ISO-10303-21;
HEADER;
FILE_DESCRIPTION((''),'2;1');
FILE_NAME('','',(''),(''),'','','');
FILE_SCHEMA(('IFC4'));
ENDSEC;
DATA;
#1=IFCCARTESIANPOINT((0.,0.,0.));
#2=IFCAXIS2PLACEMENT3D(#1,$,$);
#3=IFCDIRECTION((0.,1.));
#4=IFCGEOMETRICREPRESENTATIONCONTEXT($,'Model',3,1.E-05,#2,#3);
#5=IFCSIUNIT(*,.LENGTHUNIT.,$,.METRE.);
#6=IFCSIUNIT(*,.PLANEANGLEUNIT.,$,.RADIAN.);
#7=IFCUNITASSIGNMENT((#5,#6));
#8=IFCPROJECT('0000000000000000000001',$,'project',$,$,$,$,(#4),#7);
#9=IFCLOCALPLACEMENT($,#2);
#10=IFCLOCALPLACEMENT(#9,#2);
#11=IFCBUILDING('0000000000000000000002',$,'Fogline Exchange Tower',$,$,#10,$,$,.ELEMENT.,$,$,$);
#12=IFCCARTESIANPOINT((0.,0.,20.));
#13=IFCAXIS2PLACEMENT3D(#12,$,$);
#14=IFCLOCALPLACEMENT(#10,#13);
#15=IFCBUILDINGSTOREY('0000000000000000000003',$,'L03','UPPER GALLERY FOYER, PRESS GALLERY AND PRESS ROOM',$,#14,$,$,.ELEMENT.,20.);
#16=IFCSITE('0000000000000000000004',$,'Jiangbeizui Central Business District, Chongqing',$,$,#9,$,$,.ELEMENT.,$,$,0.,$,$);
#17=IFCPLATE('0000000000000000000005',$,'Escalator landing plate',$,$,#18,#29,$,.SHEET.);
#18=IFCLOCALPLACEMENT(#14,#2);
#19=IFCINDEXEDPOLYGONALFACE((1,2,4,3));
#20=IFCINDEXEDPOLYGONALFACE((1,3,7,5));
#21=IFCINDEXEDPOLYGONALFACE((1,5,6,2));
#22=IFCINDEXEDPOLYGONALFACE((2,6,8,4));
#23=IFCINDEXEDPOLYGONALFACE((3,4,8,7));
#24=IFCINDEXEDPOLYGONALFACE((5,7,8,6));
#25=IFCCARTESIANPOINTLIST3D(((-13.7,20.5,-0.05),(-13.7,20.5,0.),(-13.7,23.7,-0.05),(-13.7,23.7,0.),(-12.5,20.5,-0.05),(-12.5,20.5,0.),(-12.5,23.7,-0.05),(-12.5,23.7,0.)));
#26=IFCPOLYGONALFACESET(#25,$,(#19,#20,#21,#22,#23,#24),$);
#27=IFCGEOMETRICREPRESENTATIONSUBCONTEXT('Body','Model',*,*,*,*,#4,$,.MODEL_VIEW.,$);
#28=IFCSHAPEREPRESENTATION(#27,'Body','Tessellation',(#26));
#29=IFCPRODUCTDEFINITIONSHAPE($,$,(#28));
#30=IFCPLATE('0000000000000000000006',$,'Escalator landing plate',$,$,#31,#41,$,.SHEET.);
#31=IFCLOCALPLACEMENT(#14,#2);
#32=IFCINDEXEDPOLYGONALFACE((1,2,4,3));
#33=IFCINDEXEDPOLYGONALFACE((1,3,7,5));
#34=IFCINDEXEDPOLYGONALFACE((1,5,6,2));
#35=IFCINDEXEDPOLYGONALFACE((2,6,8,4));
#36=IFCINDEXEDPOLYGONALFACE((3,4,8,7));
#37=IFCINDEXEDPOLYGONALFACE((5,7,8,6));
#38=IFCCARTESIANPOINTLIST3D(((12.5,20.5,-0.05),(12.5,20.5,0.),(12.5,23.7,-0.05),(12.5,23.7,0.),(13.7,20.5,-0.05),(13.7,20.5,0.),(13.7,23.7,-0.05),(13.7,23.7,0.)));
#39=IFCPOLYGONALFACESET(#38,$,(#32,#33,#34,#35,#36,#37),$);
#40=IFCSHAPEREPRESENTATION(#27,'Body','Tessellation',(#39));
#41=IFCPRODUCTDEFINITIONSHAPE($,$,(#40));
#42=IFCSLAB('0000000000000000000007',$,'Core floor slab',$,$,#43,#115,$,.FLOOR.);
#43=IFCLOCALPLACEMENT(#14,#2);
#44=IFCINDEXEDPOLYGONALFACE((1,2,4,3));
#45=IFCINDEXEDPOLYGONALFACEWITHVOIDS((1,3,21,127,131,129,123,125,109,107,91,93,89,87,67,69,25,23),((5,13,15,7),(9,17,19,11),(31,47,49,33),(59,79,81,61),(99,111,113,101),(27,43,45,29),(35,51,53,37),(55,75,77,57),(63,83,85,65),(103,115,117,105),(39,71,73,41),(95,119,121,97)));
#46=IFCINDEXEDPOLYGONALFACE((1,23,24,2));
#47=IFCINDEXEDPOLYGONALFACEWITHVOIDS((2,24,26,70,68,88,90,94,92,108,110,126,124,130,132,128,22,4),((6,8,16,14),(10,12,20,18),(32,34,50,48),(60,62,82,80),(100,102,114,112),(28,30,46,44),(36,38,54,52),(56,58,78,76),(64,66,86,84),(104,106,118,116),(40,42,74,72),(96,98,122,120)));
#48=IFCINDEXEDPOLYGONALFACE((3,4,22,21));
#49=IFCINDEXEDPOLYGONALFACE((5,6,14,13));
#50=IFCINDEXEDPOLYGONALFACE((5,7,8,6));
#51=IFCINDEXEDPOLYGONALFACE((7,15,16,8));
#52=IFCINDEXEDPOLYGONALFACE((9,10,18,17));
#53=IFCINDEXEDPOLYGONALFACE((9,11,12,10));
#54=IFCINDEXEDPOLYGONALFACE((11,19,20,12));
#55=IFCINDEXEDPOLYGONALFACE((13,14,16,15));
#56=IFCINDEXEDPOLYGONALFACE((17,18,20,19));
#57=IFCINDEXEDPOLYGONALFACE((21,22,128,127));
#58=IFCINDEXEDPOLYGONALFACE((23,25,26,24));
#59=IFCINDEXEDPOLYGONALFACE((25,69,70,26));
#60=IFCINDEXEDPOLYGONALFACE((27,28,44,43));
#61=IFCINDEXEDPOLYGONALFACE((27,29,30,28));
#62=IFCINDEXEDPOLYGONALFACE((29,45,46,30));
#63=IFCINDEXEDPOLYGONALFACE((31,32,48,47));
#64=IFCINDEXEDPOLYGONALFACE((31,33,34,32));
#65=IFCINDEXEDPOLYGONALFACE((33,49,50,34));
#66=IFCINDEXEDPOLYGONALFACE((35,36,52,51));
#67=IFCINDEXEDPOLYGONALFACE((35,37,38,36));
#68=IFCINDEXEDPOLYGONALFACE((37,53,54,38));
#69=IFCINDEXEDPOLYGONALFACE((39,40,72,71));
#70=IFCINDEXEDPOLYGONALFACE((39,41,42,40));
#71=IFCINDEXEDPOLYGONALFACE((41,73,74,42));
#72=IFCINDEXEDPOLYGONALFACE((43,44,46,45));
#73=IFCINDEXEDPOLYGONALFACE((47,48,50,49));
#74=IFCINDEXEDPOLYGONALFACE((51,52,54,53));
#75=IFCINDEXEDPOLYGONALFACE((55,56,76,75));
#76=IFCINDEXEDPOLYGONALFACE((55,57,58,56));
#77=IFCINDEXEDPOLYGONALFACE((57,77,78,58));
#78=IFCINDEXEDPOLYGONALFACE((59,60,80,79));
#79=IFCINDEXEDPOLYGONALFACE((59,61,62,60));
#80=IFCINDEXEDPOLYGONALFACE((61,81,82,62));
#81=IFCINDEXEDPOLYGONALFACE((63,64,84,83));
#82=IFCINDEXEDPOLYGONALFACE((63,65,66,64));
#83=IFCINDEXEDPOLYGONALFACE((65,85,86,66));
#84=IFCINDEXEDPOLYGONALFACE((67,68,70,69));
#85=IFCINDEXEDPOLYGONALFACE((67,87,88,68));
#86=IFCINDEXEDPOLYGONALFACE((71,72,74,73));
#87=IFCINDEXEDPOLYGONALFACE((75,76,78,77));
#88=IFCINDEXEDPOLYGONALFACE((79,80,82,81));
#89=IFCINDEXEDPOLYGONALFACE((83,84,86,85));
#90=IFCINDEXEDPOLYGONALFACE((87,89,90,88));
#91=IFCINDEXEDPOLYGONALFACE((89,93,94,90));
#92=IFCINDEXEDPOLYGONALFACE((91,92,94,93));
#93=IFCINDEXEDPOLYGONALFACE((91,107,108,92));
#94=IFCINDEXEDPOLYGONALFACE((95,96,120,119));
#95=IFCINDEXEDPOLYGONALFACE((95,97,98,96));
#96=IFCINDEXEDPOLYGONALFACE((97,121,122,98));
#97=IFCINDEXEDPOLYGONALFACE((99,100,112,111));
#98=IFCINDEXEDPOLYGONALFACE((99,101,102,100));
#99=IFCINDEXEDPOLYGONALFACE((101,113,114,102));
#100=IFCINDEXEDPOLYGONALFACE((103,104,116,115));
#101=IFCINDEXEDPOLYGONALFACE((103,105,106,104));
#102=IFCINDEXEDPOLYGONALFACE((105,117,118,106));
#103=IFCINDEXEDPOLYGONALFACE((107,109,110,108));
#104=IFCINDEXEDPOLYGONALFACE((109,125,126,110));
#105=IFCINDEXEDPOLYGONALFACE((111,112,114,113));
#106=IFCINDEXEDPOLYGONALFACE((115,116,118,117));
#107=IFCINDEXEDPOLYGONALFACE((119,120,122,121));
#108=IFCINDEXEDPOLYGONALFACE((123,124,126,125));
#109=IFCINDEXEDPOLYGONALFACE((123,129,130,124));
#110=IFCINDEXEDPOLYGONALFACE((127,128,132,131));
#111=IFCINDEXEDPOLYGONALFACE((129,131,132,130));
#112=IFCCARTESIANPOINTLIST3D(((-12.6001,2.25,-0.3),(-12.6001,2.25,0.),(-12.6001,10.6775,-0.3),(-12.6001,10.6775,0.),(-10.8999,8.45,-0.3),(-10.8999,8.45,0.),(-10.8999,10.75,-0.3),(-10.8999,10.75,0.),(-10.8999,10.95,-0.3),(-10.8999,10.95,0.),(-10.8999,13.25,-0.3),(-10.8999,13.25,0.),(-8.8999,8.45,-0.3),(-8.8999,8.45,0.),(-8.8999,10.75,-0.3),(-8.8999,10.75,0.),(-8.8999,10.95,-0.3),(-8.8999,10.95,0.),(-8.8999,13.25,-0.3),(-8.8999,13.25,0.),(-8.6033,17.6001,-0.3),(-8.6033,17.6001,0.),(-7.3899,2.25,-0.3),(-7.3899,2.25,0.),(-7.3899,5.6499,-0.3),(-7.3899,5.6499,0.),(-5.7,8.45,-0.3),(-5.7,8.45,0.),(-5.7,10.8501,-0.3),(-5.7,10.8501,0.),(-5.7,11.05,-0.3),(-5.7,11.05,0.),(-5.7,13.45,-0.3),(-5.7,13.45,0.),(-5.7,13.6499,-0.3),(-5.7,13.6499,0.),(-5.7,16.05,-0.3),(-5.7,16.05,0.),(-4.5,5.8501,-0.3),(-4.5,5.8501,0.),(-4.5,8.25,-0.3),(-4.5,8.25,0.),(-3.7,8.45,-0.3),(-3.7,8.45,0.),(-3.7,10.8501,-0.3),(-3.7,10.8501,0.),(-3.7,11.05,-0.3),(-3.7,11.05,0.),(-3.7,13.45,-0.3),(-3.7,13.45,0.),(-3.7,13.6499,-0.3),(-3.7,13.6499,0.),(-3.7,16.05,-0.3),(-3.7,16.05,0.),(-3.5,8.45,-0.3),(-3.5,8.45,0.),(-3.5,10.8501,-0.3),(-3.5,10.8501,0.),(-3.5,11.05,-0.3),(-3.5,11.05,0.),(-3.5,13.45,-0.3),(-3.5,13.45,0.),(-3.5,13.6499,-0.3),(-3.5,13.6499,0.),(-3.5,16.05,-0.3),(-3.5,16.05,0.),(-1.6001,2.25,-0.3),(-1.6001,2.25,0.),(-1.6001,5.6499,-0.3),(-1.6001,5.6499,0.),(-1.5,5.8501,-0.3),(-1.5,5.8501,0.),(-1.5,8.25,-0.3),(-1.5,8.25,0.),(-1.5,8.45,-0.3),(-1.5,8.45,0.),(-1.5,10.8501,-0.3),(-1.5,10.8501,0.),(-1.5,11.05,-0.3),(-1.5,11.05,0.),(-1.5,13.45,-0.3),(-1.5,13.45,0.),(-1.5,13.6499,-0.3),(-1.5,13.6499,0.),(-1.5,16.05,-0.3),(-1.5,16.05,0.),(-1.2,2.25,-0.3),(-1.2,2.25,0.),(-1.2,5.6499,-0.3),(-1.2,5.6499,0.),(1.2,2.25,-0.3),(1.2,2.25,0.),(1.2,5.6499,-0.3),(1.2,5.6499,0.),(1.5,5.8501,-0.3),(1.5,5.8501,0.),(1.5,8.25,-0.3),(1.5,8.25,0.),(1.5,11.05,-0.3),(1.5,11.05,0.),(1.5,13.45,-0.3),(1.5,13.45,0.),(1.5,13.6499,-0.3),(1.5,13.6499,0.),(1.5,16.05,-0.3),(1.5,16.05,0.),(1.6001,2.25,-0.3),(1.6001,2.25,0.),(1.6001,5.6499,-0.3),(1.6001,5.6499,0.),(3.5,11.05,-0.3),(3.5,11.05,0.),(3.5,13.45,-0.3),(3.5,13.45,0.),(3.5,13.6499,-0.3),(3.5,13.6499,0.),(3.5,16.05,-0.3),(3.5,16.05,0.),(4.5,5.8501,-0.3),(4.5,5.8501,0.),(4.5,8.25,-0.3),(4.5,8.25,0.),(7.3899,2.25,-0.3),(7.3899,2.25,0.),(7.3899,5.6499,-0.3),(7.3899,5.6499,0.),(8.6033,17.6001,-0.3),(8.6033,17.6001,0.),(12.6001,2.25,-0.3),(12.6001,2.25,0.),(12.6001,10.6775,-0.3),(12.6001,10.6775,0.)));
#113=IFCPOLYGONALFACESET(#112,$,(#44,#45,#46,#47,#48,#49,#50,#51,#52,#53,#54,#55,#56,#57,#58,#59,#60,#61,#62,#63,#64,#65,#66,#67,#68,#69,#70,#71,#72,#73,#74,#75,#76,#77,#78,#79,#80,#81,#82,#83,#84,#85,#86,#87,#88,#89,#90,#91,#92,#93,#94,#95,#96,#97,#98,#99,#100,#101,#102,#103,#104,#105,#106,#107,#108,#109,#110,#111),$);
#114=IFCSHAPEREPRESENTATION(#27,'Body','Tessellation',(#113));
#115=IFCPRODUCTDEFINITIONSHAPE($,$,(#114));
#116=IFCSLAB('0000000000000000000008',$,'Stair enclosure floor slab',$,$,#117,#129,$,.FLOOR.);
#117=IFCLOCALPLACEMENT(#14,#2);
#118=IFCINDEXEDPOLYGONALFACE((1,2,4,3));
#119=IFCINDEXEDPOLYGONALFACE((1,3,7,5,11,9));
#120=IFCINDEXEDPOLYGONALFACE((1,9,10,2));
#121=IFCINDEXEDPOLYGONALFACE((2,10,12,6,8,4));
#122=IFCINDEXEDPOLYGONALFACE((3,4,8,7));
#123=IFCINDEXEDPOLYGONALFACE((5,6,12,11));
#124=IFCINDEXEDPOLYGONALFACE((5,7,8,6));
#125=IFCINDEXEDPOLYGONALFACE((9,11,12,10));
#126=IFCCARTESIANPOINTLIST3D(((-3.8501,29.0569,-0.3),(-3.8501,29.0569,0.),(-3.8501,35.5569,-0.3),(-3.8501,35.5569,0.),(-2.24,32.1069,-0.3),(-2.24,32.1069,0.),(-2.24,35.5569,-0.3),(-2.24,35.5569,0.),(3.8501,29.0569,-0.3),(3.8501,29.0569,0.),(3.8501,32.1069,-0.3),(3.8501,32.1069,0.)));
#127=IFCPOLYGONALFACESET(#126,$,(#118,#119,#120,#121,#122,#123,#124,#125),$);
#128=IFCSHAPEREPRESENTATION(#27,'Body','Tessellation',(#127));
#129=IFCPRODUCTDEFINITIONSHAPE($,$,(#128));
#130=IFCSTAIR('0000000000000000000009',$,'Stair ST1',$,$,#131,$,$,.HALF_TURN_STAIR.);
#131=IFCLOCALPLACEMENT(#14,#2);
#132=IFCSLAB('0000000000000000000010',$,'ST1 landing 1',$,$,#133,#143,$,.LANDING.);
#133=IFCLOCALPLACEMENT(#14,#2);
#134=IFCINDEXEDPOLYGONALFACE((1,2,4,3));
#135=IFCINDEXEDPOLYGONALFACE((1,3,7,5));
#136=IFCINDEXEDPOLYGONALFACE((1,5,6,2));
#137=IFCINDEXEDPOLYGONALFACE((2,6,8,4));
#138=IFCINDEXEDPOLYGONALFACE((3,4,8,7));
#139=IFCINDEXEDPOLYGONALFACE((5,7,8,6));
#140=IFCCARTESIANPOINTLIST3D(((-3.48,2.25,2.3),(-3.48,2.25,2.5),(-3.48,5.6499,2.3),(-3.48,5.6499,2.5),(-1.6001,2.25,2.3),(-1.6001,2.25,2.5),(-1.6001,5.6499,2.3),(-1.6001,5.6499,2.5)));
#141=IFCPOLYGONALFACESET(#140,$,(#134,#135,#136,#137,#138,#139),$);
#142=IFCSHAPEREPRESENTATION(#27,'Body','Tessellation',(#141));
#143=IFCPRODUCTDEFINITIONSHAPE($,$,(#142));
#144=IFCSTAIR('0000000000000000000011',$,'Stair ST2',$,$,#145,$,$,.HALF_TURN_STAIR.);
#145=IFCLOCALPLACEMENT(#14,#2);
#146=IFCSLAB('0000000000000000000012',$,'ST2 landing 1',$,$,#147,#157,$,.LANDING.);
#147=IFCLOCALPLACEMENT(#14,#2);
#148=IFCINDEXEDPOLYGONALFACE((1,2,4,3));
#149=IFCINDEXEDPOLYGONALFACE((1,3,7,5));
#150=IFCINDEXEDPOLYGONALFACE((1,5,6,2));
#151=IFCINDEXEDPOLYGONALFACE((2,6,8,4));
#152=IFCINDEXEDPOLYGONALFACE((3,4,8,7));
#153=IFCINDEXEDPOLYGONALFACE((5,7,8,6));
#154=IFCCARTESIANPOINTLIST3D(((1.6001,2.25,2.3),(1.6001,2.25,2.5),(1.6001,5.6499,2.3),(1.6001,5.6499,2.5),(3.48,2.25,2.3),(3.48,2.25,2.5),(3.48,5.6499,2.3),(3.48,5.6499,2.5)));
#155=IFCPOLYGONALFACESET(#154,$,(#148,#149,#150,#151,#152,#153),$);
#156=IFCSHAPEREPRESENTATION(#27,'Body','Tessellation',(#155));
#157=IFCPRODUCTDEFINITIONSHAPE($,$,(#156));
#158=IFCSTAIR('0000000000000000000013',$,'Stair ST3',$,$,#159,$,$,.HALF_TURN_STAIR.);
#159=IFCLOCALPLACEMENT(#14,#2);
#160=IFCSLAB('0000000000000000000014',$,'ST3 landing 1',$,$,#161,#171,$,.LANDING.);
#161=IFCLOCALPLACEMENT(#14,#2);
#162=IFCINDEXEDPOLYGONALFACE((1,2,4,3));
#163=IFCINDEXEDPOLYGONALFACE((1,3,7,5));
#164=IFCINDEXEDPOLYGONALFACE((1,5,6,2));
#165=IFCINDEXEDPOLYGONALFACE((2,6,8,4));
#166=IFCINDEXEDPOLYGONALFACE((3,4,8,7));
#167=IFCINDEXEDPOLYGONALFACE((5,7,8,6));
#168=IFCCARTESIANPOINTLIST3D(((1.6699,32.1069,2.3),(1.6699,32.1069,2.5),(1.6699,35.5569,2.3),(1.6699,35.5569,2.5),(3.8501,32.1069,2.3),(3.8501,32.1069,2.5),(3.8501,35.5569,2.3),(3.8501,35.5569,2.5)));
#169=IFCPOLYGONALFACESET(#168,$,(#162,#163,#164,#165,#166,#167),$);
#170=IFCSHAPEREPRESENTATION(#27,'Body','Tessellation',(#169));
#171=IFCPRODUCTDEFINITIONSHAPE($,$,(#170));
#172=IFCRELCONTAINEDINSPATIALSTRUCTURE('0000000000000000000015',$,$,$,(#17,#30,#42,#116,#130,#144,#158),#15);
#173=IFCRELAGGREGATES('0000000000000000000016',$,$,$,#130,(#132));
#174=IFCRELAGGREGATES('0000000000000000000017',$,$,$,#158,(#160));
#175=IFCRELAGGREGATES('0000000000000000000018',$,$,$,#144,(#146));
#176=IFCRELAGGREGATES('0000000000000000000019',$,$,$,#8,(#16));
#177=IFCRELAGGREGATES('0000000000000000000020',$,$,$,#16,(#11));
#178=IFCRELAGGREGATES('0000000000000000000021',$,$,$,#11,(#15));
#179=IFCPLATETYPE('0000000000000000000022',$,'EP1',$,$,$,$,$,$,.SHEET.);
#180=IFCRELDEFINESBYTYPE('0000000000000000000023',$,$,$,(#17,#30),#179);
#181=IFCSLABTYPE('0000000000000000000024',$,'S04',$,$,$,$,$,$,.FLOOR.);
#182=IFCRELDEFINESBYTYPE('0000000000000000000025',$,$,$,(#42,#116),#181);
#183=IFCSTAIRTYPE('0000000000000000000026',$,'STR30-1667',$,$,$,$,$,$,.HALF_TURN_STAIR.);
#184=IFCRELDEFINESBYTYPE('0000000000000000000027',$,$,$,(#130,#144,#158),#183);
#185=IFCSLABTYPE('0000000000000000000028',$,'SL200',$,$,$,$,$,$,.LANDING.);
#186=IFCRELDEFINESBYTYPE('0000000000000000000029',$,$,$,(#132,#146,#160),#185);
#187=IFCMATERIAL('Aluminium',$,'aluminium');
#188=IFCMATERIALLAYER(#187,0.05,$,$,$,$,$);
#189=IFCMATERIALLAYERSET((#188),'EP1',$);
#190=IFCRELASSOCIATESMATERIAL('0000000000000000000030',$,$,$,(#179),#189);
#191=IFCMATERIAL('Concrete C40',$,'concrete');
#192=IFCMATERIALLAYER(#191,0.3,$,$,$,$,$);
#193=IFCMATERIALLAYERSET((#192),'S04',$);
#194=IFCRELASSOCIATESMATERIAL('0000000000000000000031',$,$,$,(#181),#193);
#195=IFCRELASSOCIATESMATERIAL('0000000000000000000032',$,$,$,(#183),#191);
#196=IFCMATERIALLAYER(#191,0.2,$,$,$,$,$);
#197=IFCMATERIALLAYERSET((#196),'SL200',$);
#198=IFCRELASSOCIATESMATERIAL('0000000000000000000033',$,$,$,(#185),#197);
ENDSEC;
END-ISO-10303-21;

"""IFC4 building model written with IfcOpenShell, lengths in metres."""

from ifc_helpers import new_model, si_unit, direction, frame, origin, place, context, subcontext, project, spatial, polyline, outline, extrude, material, layer, layer_set, type_object, element, aggregate, save


model = new_model("IFC4")

# Units and contexts
model_context = context("Model", 3, precision=1e-05, world=origin(), true_north=direction((0.0, 1.0)))
body_context = subcontext(model_context, "Body", "Model", "MODEL_VIEW")
ifc_project = project(units=[si_unit("LENGTHUNIT", "METRE"), si_unit("PLANEANGLEUNIT", "RADIAN")], contexts=[model_context])

# Site, building, storey
site_placement = place(None, origin())
site = spatial("IfcSite", under=ifc_project, at=site_placement, Name="Jiangbeizui Central Business District, Chongqing", CompositionType="ELEMENT", RefElevation=0.0)
building_placement = place(site_placement, origin())
building = spatial("IfcBuilding", under=site, at=building_placement, Name="Fogline Exchange Tower", CompositionType="ELEMENT")
storey_placement = place(building_placement, frame((0.0, 0.0, 20.0)))
storey = spatial("IfcBuildingStorey", under=building, at=storey_placement, Name="L03", Description="UPPER GALLERY FOYER, PRESS GALLERY AND PRESS ROOM", CompositionType="ELEMENT", Elevation=20.0)

# Plates
ifc_material_1 = material(Name="Aluminium", Category="aluminium")
ifc_layer_1 = layer(ifc_material_1, 0.05)
ifc_layer_set_1 = layer_set([ifc_layer_1], Name="EP1")
plate_type = type_object("IfcPlateType", Name="EP1", PredefinedType="SHEET", material=ifc_layer_set_1)
plate_1_placement = place(storey_placement, frame((0.0, 0.0, -0.05)))
element("IfcPlate", 1, at=plate_1_placement, inside=storey, type_object=plate_type, Name="Escalator landing plate", PredefinedType="SHEET", context=body_context, shape_type="SweptSolid", body=[
    extrude(outline(polyline([(-13.7, 20.5), (-12.5, 20.5), (-12.5, 23.7), (-13.7, 23.7), (-13.7, 20.5)])), origin(), (0.0, 0.0, 1.0), 0.05),
])
plate_2_placement = place(storey_placement, frame((0.0, 0.0, -0.05)))
element("IfcPlate", 2, at=plate_2_placement, inside=storey, type_object=plate_type, Name="Escalator landing plate", PredefinedType="SHEET", context=body_context, shape_type="SweptSolid", body=[
    extrude(outline(polyline([(12.5, 20.5), (13.7, 20.5), (13.7, 23.7), (12.5, 23.7), (12.5, 20.5)])), origin(), (0.0, 0.0, 1.0), 0.05),
])

# Slabs
ifc_material_2 = material(Name="Concrete C40", Category="concrete")
ifc_layer_2 = layer(ifc_material_2, 0.3)
ifc_layer_set_2 = layer_set([ifc_layer_2], Name="S04")
slab_type_1 = type_object("IfcSlabType", Name="S04", PredefinedType="FLOOR", material=ifc_layer_set_2)
slab_1_placement = place(storey_placement, frame((0.0, 0.0, -0.3)))
element("IfcSlab", 3, at=slab_1_placement, inside=storey, type_object=slab_type_1, Name="Core floor slab", PredefinedType="FLOOR", context=body_context, shape_type="SweptSolid", body=[
    extrude(outline(polyline([(-12.6001, 2.25), (-12.6001, 10.6775), (-8.6033, 17.6001), (8.6033, 17.6001), (12.6001, 10.6775), (12.6001, 2.25), (7.3899, 2.25), (7.3899, 5.6499), (1.6001, 5.6499), (1.6001, 2.25), (1.2, 2.25), (1.2, 5.6499), (-1.2, 5.6499), (-1.2, 2.25), (-1.6001, 2.25), (-1.6001, 5.6499), (-7.3899, 5.6499), (-7.3899, 2.25), (-12.6001, 2.25)]), holes=[polyline([(-1.5, 8.25), (-4.5, 8.25), (-4.5, 5.8501), (-1.5, 5.8501), (-1.5, 8.25)]), polyline([(-8.8999, 10.75), (-10.8999, 10.75), (-10.8999, 8.45), (-8.8999, 8.45), (-8.8999, 10.75)]), polyline([(-3.7, 10.8501), (-5.7, 10.8501), (-5.7, 8.45), (-3.7, 8.45), (-3.7, 10.8501)]), polyline([(-1.5, 10.8501), (-3.5, 10.8501), (-3.5, 8.45), (-1.5, 8.45), (-1.5, 10.8501)]), polyline([(-8.8999, 13.25), (-10.8999, 13.25), (-10.8999, 10.95), (-8.8999, 10.95), (-8.8999, 13.25)]), polyline([(-3.7, 13.45), (-5.7, 13.45), (-5.7, 11.05), (-3.7, 11.05), (-3.7, 13.45)]), polyline([(-3.7, 16.05), (-5.7, 16.05), (-5.7, 13.6499), (-3.7, 13.6499), (-3.7, 16.05)]), polyline([(4.5, 8.25), (1.5, 8.25), (1.5, 5.8501), (4.5, 5.8501), (4.5, 8.25)]), polyline([(-1.5, 13.45), (-3.5, 13.45), (-3.5, 11.05), (-1.5, 11.05), (-1.5, 13.45)]), polyline([(3.5, 13.45), (1.5, 13.45), (1.5, 11.05), (3.5, 11.05), (3.5, 13.45)]), polyline([(-1.5, 16.05), (-3.5, 16.05), (-3.5, 13.6499), (-1.5, 13.6499), (-1.5, 16.05)]), polyline([(3.5, 16.05), (1.5, 16.05), (1.5, 13.6499), (3.5, 13.6499), (3.5, 16.05)])]), origin(), (0.0, 0.0, 1.0), 0.3),
])
slab_2_placement = place(storey_placement, frame((0.0, 0.0, -0.3)))
element("IfcSlab", 4, at=slab_2_placement, inside=storey, type_object=slab_type_1, Name="Stair enclosure floor slab", PredefinedType="FLOOR", context=body_context, shape_type="SweptSolid", body=[
    extrude(outline(polyline([(3.8501, 29.0569), (-3.8501, 29.0569), (-3.8501, 35.5569), (-2.24, 35.5569), (-2.24, 32.1069), (3.8501, 32.1069), (3.8501, 29.0569)])), origin(), (0.0, 0.0, 1.0), 0.3),
])

# Stairs, slabs
stair_type = type_object("IfcStairType", Name="STR30-1667", PredefinedType="HALF_TURN_STAIR", material=ifc_material_2)
stair_1_placement = place(storey_placement, origin())
stair_1 = element("IfcStair", 5, at=stair_1_placement, inside=storey, type_object=stair_type, Name="Stair ST1", PredefinedType="HALF_TURN_STAIR")
ifc_layer_3 = layer(ifc_material_2, 0.2)
ifc_layer_set_3 = layer_set([ifc_layer_3], Name="SL200")
slab_type_2 = type_object("IfcSlabType", Name="SL200", PredefinedType="LANDING", material=ifc_layer_set_3)
slab_3_placement = place(storey_placement, frame((0.0, 0.0, 2.3)))
slab_3 = element("IfcSlab", 6, at=slab_3_placement, type_object=slab_type_2, Name="ST1 landing 1", PredefinedType="LANDING", context=body_context, shape_type="SweptSolid", body=[
    extrude(outline(polyline([(-3.48, 2.25), (-1.6001, 2.25), (-1.6001, 5.6499), (-3.48, 5.6499), (-3.48, 2.25)])), origin(), (0.0, 0.0, 1.0), 0.2),
])
aggregate(stair_1, [slab_3])
stair_2_placement = place(storey_placement, origin())
stair_2 = element("IfcStair", 7, at=stair_2_placement, inside=storey, type_object=stair_type, Name="Stair ST2", PredefinedType="HALF_TURN_STAIR")
slab_4_placement = place(storey_placement, frame((0.0, 0.0, 2.3)))
slab_4 = element("IfcSlab", 8, at=slab_4_placement, type_object=slab_type_2, Name="ST2 landing 1", PredefinedType="LANDING", context=body_context, shape_type="SweptSolid", body=[
    extrude(outline(polyline([(1.6001, 2.25), (3.48, 2.25), (3.48, 5.6499), (1.6001, 5.6499), (1.6001, 2.25)])), origin(), (0.0, 0.0, 1.0), 0.2),
])
stair_3_placement = place(storey_placement, origin())
stair_3 = element("IfcStair", 9, at=stair_3_placement, inside=storey, type_object=stair_type, Name="Stair ST3", PredefinedType="HALF_TURN_STAIR")
slab_5_placement = place(storey_placement, frame((0.0, 0.0, 2.3)))
slab_5 = element("IfcSlab", 10, at=slab_5_placement, type_object=slab_type_2, Name="ST3 landing 1", PredefinedType="LANDING", context=body_context, shape_type="SweptSolid", body=[
    extrude(outline(polyline([(1.6699, 32.1069), (3.8501, 32.1069), (3.8501, 35.5569), (1.6699, 35.5569), (1.6699, 32.1069)])), origin(), (0.0, 0.0, 1.0), 0.2),
])
aggregate(stair_3, [slab_5])

aggregate(stair_2, [slab_4])

save(model, "model.ifc")
